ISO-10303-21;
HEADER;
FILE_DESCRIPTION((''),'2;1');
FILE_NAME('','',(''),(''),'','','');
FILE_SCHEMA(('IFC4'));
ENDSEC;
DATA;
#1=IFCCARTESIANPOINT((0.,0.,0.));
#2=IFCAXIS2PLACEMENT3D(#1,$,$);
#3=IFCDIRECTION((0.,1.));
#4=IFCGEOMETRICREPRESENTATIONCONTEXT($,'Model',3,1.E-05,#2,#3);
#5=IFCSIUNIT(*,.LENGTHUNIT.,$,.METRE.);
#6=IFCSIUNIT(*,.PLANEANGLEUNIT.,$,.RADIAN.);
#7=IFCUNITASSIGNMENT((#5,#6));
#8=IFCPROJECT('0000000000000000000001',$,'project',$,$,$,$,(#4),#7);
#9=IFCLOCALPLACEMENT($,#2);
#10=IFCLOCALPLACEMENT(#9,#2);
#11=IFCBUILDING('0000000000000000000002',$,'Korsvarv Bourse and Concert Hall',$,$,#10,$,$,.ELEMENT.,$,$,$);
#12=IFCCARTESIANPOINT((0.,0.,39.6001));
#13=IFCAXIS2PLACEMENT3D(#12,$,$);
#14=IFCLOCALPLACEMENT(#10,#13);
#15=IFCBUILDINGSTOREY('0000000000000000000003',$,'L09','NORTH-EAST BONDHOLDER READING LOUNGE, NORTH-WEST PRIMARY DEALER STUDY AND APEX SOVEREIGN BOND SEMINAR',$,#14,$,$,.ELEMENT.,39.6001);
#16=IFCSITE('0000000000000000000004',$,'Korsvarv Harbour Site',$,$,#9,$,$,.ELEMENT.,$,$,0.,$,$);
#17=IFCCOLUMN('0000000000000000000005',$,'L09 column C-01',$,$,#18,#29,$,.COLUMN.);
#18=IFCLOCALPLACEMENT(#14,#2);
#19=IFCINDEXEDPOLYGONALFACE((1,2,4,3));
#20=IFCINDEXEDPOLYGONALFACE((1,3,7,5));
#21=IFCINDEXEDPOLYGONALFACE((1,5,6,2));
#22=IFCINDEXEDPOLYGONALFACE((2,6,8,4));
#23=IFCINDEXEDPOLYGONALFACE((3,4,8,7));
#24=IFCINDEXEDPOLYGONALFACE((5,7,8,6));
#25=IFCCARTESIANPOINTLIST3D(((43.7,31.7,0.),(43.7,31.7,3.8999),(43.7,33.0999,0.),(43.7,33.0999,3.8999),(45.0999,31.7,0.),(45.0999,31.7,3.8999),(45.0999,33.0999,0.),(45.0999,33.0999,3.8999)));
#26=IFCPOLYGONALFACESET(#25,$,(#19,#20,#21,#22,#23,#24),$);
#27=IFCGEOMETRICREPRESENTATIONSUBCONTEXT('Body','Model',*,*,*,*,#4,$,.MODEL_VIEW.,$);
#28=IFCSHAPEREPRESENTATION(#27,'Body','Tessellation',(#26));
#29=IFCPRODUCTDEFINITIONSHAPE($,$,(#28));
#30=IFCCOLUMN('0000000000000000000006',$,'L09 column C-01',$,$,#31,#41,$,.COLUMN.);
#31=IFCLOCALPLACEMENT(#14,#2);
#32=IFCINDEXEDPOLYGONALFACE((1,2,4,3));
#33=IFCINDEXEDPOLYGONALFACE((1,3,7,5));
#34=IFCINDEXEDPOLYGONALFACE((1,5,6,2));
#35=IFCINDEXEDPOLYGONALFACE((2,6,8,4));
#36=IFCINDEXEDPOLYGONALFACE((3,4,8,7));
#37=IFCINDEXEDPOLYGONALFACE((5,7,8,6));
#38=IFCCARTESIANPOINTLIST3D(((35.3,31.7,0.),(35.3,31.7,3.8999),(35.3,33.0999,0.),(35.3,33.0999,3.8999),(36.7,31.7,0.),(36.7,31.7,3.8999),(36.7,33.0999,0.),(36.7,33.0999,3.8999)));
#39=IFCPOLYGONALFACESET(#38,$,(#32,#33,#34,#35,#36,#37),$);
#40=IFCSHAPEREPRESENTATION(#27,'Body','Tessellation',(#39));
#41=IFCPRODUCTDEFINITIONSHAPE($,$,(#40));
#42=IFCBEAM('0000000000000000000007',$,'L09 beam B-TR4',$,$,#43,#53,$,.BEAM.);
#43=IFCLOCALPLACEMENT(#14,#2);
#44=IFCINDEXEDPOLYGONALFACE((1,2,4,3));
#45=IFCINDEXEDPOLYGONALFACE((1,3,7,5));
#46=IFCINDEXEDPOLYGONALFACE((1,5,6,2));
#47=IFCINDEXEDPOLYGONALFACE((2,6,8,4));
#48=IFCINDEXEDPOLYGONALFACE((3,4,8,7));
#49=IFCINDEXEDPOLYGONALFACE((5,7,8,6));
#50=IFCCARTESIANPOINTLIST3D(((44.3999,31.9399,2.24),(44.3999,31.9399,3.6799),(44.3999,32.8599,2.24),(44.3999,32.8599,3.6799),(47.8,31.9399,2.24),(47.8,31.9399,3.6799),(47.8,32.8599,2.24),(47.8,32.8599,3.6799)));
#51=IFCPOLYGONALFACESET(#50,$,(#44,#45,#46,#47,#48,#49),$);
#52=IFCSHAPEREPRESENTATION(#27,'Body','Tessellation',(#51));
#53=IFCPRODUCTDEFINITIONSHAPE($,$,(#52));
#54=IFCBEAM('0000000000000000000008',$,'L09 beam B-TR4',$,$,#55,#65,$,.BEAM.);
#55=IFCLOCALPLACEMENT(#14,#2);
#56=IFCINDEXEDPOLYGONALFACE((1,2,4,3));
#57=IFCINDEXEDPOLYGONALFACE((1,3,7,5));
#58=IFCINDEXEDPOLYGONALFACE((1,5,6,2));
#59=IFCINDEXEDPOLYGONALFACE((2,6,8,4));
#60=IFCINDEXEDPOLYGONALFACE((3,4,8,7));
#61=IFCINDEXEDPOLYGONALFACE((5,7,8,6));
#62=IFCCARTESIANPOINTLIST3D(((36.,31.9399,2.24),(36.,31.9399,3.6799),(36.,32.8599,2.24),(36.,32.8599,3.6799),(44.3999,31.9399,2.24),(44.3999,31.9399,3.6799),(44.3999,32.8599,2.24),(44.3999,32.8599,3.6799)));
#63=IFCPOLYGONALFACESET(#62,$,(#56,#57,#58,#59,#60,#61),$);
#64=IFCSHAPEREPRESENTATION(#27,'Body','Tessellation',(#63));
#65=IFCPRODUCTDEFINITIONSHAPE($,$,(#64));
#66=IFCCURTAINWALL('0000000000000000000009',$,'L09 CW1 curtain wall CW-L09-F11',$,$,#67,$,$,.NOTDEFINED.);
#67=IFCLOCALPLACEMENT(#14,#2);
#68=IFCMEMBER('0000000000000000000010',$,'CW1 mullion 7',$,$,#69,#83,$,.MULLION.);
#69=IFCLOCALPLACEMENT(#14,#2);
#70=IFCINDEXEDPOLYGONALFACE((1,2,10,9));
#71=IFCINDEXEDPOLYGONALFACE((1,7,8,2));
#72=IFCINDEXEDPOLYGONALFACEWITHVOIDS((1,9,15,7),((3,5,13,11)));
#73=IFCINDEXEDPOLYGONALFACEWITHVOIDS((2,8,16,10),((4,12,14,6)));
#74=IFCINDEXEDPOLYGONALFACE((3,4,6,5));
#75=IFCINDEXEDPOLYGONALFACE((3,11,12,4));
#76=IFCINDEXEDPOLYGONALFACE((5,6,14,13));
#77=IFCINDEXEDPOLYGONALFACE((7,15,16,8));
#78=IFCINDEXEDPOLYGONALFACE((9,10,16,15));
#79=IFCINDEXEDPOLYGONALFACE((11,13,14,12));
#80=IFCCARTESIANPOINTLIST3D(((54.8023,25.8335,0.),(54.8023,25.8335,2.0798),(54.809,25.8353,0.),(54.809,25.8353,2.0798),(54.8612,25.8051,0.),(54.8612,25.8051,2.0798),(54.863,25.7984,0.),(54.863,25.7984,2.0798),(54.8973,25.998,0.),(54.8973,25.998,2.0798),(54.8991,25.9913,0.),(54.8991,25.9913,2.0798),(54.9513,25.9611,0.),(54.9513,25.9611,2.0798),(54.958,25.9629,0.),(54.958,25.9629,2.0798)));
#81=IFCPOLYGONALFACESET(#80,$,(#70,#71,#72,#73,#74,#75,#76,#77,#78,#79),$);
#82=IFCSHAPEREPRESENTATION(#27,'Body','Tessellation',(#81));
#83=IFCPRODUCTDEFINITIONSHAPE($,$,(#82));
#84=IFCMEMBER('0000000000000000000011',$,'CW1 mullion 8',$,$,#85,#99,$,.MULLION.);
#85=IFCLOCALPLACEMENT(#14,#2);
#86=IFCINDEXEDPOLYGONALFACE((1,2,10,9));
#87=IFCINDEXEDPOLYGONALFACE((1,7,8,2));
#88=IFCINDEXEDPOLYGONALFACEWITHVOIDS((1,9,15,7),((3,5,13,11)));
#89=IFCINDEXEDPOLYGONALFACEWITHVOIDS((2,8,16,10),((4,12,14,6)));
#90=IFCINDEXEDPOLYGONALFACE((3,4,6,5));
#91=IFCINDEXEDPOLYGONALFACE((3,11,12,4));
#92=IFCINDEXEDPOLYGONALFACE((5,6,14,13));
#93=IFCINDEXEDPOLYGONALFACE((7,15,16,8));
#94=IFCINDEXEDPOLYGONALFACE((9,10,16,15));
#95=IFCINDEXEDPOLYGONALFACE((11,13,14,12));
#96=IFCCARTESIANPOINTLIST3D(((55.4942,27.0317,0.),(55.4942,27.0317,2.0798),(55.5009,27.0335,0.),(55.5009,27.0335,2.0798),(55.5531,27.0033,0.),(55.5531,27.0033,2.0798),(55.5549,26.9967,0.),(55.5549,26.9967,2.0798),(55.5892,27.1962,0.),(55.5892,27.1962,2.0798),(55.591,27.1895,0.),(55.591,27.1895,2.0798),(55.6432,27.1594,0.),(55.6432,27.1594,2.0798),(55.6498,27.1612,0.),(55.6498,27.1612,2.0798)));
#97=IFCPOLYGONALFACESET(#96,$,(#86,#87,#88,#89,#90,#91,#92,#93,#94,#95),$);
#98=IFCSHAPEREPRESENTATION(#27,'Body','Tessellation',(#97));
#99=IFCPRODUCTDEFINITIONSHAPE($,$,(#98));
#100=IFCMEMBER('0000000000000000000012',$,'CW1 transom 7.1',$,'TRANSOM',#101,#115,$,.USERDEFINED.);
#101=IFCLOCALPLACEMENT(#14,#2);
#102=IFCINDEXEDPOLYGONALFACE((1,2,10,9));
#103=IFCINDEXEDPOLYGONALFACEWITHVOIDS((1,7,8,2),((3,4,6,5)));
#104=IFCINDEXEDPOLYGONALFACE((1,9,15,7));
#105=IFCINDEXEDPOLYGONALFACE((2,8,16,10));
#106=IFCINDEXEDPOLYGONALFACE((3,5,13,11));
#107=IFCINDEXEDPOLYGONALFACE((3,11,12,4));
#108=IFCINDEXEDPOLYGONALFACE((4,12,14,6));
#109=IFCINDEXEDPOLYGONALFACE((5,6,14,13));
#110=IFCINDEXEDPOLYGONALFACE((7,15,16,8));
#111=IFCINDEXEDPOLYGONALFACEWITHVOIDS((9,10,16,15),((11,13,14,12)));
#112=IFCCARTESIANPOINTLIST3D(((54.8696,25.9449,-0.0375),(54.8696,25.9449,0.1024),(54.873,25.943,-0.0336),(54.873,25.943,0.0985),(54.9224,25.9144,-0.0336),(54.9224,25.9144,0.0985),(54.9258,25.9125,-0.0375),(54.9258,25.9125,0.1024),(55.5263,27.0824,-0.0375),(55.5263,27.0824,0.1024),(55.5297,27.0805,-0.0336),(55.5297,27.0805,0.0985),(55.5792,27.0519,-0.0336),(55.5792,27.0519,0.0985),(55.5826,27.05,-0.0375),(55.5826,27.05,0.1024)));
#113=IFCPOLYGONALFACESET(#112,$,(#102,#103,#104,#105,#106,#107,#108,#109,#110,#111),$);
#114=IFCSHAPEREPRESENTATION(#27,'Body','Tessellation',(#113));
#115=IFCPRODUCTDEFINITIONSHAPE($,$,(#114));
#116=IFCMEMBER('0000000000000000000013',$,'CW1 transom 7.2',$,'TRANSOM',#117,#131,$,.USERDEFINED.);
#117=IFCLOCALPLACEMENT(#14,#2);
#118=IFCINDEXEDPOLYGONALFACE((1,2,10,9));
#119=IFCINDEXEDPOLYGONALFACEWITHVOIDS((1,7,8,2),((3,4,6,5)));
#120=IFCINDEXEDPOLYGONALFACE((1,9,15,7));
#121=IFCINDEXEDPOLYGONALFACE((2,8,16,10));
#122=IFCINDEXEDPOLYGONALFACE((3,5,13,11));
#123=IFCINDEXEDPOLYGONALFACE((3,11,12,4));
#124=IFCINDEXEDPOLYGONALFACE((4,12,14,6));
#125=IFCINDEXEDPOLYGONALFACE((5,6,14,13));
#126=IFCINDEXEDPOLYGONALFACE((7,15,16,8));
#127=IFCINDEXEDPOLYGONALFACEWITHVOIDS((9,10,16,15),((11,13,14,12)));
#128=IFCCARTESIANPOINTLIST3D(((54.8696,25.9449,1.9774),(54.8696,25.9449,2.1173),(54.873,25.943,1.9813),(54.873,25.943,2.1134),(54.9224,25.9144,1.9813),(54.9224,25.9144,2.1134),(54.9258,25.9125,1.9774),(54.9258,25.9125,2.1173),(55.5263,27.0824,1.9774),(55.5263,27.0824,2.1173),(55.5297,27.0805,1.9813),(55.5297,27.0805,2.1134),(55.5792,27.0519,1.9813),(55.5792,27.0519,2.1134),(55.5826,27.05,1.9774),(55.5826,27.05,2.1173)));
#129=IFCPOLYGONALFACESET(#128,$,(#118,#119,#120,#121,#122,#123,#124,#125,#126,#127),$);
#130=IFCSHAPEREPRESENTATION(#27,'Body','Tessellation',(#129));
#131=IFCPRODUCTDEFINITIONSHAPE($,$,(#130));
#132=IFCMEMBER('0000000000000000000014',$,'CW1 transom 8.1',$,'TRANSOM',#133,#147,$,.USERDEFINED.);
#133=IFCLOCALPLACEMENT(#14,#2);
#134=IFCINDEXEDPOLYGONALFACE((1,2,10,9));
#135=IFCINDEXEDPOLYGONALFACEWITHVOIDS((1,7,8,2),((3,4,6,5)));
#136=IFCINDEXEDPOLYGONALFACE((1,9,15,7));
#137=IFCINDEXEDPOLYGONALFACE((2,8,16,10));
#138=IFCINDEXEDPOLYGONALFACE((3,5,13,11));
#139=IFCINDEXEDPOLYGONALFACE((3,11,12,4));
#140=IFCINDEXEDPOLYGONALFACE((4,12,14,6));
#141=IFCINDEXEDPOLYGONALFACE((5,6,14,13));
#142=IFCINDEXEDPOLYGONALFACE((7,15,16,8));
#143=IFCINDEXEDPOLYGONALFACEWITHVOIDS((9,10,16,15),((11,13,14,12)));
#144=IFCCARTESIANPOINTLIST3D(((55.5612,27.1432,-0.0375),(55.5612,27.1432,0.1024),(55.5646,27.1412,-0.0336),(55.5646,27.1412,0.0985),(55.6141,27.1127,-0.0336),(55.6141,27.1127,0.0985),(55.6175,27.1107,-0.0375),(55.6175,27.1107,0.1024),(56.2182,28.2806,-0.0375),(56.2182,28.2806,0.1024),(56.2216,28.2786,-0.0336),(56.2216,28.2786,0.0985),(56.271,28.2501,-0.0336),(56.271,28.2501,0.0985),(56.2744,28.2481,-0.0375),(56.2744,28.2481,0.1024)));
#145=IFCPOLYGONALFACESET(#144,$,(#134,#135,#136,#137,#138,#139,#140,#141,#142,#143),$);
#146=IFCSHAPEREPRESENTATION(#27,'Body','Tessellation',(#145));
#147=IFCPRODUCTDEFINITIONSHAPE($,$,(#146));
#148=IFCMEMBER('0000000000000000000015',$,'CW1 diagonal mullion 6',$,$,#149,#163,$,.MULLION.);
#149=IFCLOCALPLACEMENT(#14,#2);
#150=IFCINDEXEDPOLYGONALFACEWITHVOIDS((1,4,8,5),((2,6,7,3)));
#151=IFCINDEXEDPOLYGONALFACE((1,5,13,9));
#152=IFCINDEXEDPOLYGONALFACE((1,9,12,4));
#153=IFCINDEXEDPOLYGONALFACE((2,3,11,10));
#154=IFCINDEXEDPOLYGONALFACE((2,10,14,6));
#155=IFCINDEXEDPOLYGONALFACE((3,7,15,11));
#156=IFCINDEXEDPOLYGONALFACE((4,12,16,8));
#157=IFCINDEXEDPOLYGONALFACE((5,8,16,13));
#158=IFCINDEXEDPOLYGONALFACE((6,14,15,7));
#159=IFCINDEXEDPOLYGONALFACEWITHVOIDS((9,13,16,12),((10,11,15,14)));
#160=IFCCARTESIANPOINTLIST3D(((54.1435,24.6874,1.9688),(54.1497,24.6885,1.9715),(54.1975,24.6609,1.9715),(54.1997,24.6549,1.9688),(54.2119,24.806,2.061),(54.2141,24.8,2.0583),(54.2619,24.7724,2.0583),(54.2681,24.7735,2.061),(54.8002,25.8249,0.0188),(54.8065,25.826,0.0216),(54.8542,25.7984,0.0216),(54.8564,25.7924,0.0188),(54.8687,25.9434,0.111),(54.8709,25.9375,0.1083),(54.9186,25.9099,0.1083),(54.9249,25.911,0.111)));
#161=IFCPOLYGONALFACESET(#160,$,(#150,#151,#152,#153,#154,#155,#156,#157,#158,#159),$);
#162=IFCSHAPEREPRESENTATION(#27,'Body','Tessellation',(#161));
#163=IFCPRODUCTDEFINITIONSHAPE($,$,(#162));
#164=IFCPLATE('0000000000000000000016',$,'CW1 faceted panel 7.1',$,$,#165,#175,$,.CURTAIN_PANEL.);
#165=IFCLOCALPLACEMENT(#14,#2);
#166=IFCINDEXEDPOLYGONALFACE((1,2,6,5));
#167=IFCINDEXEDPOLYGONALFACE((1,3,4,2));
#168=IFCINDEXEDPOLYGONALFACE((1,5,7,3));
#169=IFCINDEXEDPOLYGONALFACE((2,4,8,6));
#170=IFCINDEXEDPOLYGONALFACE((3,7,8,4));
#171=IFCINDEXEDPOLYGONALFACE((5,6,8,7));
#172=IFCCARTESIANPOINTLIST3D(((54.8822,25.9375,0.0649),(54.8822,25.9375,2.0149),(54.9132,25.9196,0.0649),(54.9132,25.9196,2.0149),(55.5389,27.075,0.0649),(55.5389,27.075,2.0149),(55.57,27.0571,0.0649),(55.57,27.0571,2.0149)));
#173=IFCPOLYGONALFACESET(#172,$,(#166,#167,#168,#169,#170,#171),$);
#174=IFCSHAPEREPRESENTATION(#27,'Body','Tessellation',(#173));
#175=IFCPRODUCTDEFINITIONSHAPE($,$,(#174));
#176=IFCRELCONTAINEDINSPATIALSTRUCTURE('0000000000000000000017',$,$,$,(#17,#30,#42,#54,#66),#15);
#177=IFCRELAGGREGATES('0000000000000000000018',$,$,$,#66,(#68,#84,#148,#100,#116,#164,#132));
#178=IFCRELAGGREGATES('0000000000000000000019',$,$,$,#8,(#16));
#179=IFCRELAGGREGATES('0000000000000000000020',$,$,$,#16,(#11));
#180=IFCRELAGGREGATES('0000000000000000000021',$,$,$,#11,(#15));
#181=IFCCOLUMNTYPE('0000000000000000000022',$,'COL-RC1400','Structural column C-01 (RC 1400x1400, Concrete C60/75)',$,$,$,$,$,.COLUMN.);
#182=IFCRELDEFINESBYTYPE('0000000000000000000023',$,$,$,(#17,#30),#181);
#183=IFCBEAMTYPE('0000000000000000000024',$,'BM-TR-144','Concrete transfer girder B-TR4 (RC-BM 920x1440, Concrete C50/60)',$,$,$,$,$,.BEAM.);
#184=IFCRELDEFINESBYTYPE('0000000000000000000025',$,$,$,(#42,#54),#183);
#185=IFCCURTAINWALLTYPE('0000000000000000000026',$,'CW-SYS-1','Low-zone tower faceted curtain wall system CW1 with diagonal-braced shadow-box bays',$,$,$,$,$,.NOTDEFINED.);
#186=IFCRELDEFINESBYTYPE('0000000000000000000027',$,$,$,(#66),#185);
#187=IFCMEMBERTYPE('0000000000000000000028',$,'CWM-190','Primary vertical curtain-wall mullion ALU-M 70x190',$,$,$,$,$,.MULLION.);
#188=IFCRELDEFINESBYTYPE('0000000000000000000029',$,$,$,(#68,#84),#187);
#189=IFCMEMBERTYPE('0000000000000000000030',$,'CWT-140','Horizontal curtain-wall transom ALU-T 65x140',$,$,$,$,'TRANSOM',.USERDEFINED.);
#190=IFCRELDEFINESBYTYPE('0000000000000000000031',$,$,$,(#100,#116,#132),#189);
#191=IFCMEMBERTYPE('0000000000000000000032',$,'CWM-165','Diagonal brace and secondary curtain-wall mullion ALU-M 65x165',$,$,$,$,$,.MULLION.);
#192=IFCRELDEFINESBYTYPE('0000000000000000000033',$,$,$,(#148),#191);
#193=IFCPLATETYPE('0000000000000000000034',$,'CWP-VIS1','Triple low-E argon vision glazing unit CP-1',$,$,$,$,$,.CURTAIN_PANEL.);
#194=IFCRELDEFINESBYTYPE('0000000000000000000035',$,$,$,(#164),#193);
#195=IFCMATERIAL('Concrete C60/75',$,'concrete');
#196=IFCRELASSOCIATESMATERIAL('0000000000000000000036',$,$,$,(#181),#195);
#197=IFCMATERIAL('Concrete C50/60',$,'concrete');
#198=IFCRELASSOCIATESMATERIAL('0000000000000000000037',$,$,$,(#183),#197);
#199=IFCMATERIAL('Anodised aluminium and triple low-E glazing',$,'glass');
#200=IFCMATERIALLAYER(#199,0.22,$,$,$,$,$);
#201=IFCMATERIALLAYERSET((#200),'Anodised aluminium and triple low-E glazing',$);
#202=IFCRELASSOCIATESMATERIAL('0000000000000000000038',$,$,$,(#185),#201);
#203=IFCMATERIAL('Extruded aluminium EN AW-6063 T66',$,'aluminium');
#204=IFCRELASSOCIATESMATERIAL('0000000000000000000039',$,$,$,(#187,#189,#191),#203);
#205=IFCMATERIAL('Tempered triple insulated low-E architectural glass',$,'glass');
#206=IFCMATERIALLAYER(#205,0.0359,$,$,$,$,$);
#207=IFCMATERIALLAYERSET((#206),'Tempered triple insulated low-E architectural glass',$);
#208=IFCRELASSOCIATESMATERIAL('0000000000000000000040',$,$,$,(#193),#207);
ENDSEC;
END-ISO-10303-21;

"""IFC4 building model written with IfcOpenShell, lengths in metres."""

from ifc_helpers import new_model, si_unit, direction, frame, origin, origin_2d, place, context, subcontext, project, spatial, rectangle, hollow_rectangle, extrude, source, transform, mapped, material, layer, layer_set, material_profile, profile_set, type_object, element, aggregate, save


model = new_model("IFC4")

# Units and contexts
model_context = context("Model", 3, precision=1e-05, world=origin(), true_north=direction((0.0, 1.0)))
body_context = subcontext(model_context, "Body", "Model", "MODEL_VIEW")
ifc_project = project(units=[si_unit("LENGTHUNIT", "METRE"), si_unit("PLANEANGLEUNIT", "RADIAN")], contexts=[model_context])

# Site, building, storey
site_placement = place(None, origin())
site = spatial("IfcSite", under=ifc_project, at=site_placement, Name="Korsvarv Harbour Site", CompositionType="ELEMENT", RefElevation=0.0)
building_placement = place(site_placement, origin())
building = spatial("IfcBuilding", under=site, at=building_placement, Name="Korsvarv Bourse and Concert Hall", CompositionType="ELEMENT")
storey_placement = place(building_placement, frame((0.0, 0.0, 39.6001)))
storey = spatial("IfcBuildingStorey", under=building, at=storey_placement, Name="L09", Description="NORTH-EAST BONDHOLDER READING LOUNGE, NORTH-WEST PRIMARY DEALER STUDY AND APEX SOVEREIGN BOND SEMINAR", CompositionType="ELEMENT", Elevation=39.6001)

# Columns
ifc_material_1 = material(Name="Concrete C60/75", Category="concrete")
ifc_material_profile_1 = material_profile(ifc_material_1, rectangle(XDim=1.3999, YDim=1.3999, at=origin_2d()), Name="RC 1400x1400")
ifc_profile_set_1 = profile_set([ifc_material_profile_1], Name="Concrete C60/75")
column_type = type_object("IfcColumnType", Name="COL-RC1400", Description="Structural column C-01 (RC 1400x1400, Concrete C60/75)", PredefinedType="COLUMN", material=ifc_profile_set_1)
shared_shape_1 = source(origin(), body_context, "Body", "SweptSolid", [
    extrude(rectangle(XDim=1.3999, YDim=1.3999, at=origin_2d()), origin(), (0.0, 0.0, 1.0), 3.8999),
])
for number, where, z_axis, x_axis, name in (
    (1, (44.3999, 32.3999, 0.0), (0.0, 0.0, 1.0), (1.0, 0.0, 0.0), "L09 column C-01"),
    (2, (36.0, 32.3999, 0.0), (0.0, 0.0, 1.0), (1.0, 0.0, 0.0), "L09 column C-01"),
):
    element("IfcColumn", number, at=place(storey_placement, frame(where, z_axis=z_axis, x_axis=x_axis)), inside=storey, type_object=column_type, Name=name, PredefinedType="COLUMN", context=body_context, shape_type="MappedRepresentation", body=[
        mapped(shared_shape_1, transform((0.0, 0.0, 0.0), scale=1.0)),
    ])

# Beams
ifc_material_2 = material(Name="Concrete C50/60", Category="concrete")
ifc_material_profile_2 = material_profile(ifc_material_2, rectangle(XDim=0.9199, YDim=1.4399, at=origin_2d()), Name="RC-BM 920x1440")
ifc_profile_set_2 = profile_set([ifc_material_profile_2], Name="Concrete C50/60")
beam_type = type_object("IfcBeamType", Name="BM-TR-144", Description="Concrete transfer girder B-TR4 (RC-BM 920x1440, Concrete C50/60)", PredefinedType="BEAM", material=ifc_profile_set_2)
shared_shape_2 = source(origin(), body_context, "Body", "SweptSolid", [
    extrude(rectangle(XDim=0.9199, YDim=1.4399, at=origin_2d()), origin(), (0.0, 0.0, 1.0), 3.4001),
])
beam_1_placement = place(storey_placement, frame((44.3999, 32.3999, 2.96), z_axis=(1.0, 0.0, 0.0), x_axis=(0.0, 1.0, 0.0)))
element("IfcBeam", 3, at=beam_1_placement, inside=storey, type_object=beam_type, Name="L09 beam B-TR4", PredefinedType="BEAM", context=body_context, shape_type="MappedRepresentation", body=[
    mapped(shared_shape_2, transform((0.0, 0.0, 0.0), scale=1.0)),
])
shared_shape_3 = source(origin(), body_context, "Body", "SweptSolid", [
    extrude(rectangle(XDim=0.9199, YDim=1.4399, at=origin_2d()), origin(), (0.0, 0.0, 1.0), 8.3999),
])
beam_2_placement = place(storey_placement, frame((36.0, 32.3999, 2.96), z_axis=(1.0, 0.0, 0.0), x_axis=(0.0, 1.0, 0.0)))
element("IfcBeam", 4, at=beam_2_placement, inside=storey, type_object=beam_type, Name="L09 beam B-TR4", PredefinedType="BEAM", context=body_context, shape_type="MappedRepresentation", body=[
    mapped(shared_shape_3, transform((0.0, 0.0, 0.0), scale=1.0)),
])

# Curtain wall, members, plate
ifc_material_3 = material(Name="Anodised aluminium and triple low-E glazing", Category="glass")
ifc_layer_1 = layer(ifc_material_3, 0.22)
ifc_layer_set_1 = layer_set([ifc_layer_1], Name="Anodised aluminium and triple low-E glazing")
curtain_wall_type = type_object("IfcCurtainWallType", Name="CW-SYS-1", Description="Low-zone tower faceted curtain wall system CW1 with diagonal-braced shadow-box bays", PredefinedType="NOTDEFINED", material=ifc_layer_set_1)
curtain_wall_placement = place(storey_placement, origin())
curtain_wall = element("IfcCurtainWall", 5, at=curtain_wall_placement, inside=storey, type_object=curtain_wall_type, Name="L09 CW1 curtain wall CW-L09-F11", PredefinedType="NOTDEFINED")
ifc_material_4 = material(Name="Extruded aluminium EN AW-6063 T66", Category="aluminium")
ifc_material_profile_3 = material_profile(ifc_material_4, hollow_rectangle(XDim=0.0701, YDim=0.1899, WallThickness=0.0049, at=origin_2d()), Name="ALU-M 70x190")
ifc_profile_set_3 = profile_set([ifc_material_profile_3], Name="Extruded aluminium EN AW-6063 T66")
member_type_1 = type_object("IfcMemberType", Name="CWM-190", Description="Primary vertical curtain-wall mullion ALU-M 70x190", PredefinedType="MULLION", material=ifc_profile_set_3)
shared_shape_4 = source(origin(), body_context, "Body", "SweptSolid", [
    extrude(hollow_rectangle(XDim=0.0701, YDim=0.1899, WallThickness=0.0049, at=origin_2d()), origin(), (0.0, 0.0, 1.0), 2.0798),
])
member_1_placement = place(storey_placement, frame((54.8801, 25.8982, 0.0), z_axis=(0.0, 0.0, 1.0), x_axis=(-0.866026, 0.5, 0.0)))
member_1 = element("IfcMember", 6, at=member_1_placement, type_object=member_type_1, Name="CW1 mullion 7", PredefinedType="MULLION", context=body_context, shape_type="MappedRepresentation", body=[
    mapped(shared_shape_4, transform((0.0, 0.0, 0.0), scale=1.0)),
])
member_2_placement = place(storey_placement, frame((55.572, 27.0964, 0.0), z_axis=(0.0, 0.0, 1.0), x_axis=(-0.866026, 0.5, 0.0)))
member_2 = element("IfcMember", 7, at=member_2_placement, type_object=member_type_1, Name="CW1 mullion 8", PredefinedType="MULLION", context=body_context, shape_type="MappedRepresentation", body=[
    mapped(shared_shape_4, transform((0.0, 0.0, 0.0), scale=1.0)),
])
ifc_material_profile_4 = material_profile(ifc_material_4, hollow_rectangle(XDim=0.0649, YDim=0.1399, WallThickness=0.0039, at=origin_2d()), Name="ALU-T 65x140")
ifc_profile_set_4 = profile_set([ifc_material_profile_4], Name="Extruded aluminium EN AW-6063 T66")
member_type_2 = type_object("IfcMemberType", Name="CWT-140", Description="Horizontal curtain-wall transom ALU-T 65x140", ElementType="TRANSOM", PredefinedType="USERDEFINED", material=ifc_profile_set_4)
shared_shape_5 = source(origin(), body_context, "Body", "SweptSolid", [
    extrude(hollow_rectangle(XDim=0.0649, YDim=0.1399, WallThickness=0.0039, at=origin_2d()), origin(), (0.0, 0.0, 1.0), 1.3135),
])
member_3_placement = place(storey_placement, frame((54.8977, 25.9287, 0.0325), z_axis=(0.500017, 0.866015, 0.0), x_axis=(-0.866015, 0.500017, 0.0)))
member_3 = element("IfcMember", 8, at=member_3_placement, type_object=member_type_2, Name="CW1 transom 7.1", ObjectType="TRANSOM", PredefinedType="USERDEFINED", context=body_context, shape_type="MappedRepresentation", body=[
    mapped(shared_shape_5, transform((0.0, 0.0, 0.0), scale=1.0)),
])
member_4_placement = place(storey_placement, frame((54.8977, 25.9287, 2.0474), z_axis=(0.500017, 0.866015, 0.0), x_axis=(-0.866015, 0.500017, 0.0)))
member_4 = element("IfcMember", 9, at=member_4_placement, type_object=member_type_2, Name="CW1 transom 7.2", ObjectType="TRANSOM", PredefinedType="USERDEFINED", context=body_context, shape_type="MappedRepresentation", body=[
    mapped(shared_shape_5, transform((0.0, 0.0, 0.0), scale=1.0)),
])
member_5_placement = place(storey_placement, frame((55.5894, 27.127, 0.0325), z_axis=(0.500157, 0.865935, 0.0), x_axis=(-0.865935, 0.500157, 0.0)))
member_5 = element("IfcMember", 10, at=member_5_placement, type_object=member_type_2, Name="CW1 transom 8.1", ObjectType="TRANSOM", PredefinedType="USERDEFINED", context=body_context, shape_type="MappedRepresentation", body=[
    mapped(shared_shape_5, transform((0.0, 0.0, 0.0), scale=1.0)),
])
ifc_material_profile_5 = material_profile(ifc_material_4, hollow_rectangle(XDim=0.0649, YDim=0.165, WallThickness=0.0049, at=origin_2d()), Name="ALU-M 65x165")
ifc_profile_set_5 = profile_set([ifc_material_profile_5], Name="Extruded aluminium EN AW-6063 T66")
member_type_3 = type_object("IfcMemberType", Name="CWM-165", Description="Diagonal brace and secondary curtain-wall mullion ALU-M 65x165", PredefinedType="MULLION", material=ifc_profile_set_5)
shared_shape_6 = source(origin(), body_context, "Body", "SweptSolid", [
    extrude(hollow_rectangle(XDim=0.0649, YDim=0.165, WallThickness=0.0049, at=origin_2d()), origin(), (0.0, 0.0, 1.0), 2.3511),
])
member_6_placement = place(storey_placement, frame((54.8625, 25.8679, 0.0649), z_axis=(-0.279339, -0.483807, 0.829398), x_axis=(0.866015, -0.500017, 0.0)))
member_6 = element("IfcMember", 11, at=member_6_placement, type_object=member_type_3, Name="CW1 diagonal mullion 6", PredefinedType="MULLION", context=body_context, shape_type="MappedRepresentation", body=[
    mapped(shared_shape_6, transform((0.0, 0.0, 0.0), scale=1.0)),
])
ifc_material_5 = material(Name="Tempered triple insulated low-E architectural glass", Category="glass")
ifc_layer_2 = layer(ifc_material_5, 0.0359)
ifc_layer_set_2 = layer_set([ifc_layer_2], Name="Tempered triple insulated low-E architectural glass")
plate_type = type_object("IfcPlateType", Name="CWP-VIS1", Description="Triple low-E argon vision glazing unit CP-1", PredefinedType="CURTAIN_PANEL", material=ifc_layer_set_2)
shared_shape_7 = source(origin(), body_context, "Body", "SweptSolid", [
    extrude(rectangle(XDim=1.3135, YDim=0.0359, at=origin_2d()), origin(), (0.0, 0.0, 1.0), 1.95),
])
plate_placement = place(storey_placement, frame((55.2261, 26.4973, 0.0649), z_axis=(0.0, 0.0, 1.0), x_axis=(0.5, 0.866026, 0.0)))
plate = element("IfcPlate", 12, at=plate_placement, type_object=plate_type, Name="CW1 faceted panel 7.1", PredefinedType="CURTAIN_PANEL", context=body_context, shape_type="MappedRepresentation", body=[
    mapped(shared_shape_7, transform((0.0, 0.0, 0.0), scale=1.0)),
])
aggregate(curtain_wall, [member_1, member_2, member_6, member_3, member_4, plate, member_5])

save(model, "model.ifc")
